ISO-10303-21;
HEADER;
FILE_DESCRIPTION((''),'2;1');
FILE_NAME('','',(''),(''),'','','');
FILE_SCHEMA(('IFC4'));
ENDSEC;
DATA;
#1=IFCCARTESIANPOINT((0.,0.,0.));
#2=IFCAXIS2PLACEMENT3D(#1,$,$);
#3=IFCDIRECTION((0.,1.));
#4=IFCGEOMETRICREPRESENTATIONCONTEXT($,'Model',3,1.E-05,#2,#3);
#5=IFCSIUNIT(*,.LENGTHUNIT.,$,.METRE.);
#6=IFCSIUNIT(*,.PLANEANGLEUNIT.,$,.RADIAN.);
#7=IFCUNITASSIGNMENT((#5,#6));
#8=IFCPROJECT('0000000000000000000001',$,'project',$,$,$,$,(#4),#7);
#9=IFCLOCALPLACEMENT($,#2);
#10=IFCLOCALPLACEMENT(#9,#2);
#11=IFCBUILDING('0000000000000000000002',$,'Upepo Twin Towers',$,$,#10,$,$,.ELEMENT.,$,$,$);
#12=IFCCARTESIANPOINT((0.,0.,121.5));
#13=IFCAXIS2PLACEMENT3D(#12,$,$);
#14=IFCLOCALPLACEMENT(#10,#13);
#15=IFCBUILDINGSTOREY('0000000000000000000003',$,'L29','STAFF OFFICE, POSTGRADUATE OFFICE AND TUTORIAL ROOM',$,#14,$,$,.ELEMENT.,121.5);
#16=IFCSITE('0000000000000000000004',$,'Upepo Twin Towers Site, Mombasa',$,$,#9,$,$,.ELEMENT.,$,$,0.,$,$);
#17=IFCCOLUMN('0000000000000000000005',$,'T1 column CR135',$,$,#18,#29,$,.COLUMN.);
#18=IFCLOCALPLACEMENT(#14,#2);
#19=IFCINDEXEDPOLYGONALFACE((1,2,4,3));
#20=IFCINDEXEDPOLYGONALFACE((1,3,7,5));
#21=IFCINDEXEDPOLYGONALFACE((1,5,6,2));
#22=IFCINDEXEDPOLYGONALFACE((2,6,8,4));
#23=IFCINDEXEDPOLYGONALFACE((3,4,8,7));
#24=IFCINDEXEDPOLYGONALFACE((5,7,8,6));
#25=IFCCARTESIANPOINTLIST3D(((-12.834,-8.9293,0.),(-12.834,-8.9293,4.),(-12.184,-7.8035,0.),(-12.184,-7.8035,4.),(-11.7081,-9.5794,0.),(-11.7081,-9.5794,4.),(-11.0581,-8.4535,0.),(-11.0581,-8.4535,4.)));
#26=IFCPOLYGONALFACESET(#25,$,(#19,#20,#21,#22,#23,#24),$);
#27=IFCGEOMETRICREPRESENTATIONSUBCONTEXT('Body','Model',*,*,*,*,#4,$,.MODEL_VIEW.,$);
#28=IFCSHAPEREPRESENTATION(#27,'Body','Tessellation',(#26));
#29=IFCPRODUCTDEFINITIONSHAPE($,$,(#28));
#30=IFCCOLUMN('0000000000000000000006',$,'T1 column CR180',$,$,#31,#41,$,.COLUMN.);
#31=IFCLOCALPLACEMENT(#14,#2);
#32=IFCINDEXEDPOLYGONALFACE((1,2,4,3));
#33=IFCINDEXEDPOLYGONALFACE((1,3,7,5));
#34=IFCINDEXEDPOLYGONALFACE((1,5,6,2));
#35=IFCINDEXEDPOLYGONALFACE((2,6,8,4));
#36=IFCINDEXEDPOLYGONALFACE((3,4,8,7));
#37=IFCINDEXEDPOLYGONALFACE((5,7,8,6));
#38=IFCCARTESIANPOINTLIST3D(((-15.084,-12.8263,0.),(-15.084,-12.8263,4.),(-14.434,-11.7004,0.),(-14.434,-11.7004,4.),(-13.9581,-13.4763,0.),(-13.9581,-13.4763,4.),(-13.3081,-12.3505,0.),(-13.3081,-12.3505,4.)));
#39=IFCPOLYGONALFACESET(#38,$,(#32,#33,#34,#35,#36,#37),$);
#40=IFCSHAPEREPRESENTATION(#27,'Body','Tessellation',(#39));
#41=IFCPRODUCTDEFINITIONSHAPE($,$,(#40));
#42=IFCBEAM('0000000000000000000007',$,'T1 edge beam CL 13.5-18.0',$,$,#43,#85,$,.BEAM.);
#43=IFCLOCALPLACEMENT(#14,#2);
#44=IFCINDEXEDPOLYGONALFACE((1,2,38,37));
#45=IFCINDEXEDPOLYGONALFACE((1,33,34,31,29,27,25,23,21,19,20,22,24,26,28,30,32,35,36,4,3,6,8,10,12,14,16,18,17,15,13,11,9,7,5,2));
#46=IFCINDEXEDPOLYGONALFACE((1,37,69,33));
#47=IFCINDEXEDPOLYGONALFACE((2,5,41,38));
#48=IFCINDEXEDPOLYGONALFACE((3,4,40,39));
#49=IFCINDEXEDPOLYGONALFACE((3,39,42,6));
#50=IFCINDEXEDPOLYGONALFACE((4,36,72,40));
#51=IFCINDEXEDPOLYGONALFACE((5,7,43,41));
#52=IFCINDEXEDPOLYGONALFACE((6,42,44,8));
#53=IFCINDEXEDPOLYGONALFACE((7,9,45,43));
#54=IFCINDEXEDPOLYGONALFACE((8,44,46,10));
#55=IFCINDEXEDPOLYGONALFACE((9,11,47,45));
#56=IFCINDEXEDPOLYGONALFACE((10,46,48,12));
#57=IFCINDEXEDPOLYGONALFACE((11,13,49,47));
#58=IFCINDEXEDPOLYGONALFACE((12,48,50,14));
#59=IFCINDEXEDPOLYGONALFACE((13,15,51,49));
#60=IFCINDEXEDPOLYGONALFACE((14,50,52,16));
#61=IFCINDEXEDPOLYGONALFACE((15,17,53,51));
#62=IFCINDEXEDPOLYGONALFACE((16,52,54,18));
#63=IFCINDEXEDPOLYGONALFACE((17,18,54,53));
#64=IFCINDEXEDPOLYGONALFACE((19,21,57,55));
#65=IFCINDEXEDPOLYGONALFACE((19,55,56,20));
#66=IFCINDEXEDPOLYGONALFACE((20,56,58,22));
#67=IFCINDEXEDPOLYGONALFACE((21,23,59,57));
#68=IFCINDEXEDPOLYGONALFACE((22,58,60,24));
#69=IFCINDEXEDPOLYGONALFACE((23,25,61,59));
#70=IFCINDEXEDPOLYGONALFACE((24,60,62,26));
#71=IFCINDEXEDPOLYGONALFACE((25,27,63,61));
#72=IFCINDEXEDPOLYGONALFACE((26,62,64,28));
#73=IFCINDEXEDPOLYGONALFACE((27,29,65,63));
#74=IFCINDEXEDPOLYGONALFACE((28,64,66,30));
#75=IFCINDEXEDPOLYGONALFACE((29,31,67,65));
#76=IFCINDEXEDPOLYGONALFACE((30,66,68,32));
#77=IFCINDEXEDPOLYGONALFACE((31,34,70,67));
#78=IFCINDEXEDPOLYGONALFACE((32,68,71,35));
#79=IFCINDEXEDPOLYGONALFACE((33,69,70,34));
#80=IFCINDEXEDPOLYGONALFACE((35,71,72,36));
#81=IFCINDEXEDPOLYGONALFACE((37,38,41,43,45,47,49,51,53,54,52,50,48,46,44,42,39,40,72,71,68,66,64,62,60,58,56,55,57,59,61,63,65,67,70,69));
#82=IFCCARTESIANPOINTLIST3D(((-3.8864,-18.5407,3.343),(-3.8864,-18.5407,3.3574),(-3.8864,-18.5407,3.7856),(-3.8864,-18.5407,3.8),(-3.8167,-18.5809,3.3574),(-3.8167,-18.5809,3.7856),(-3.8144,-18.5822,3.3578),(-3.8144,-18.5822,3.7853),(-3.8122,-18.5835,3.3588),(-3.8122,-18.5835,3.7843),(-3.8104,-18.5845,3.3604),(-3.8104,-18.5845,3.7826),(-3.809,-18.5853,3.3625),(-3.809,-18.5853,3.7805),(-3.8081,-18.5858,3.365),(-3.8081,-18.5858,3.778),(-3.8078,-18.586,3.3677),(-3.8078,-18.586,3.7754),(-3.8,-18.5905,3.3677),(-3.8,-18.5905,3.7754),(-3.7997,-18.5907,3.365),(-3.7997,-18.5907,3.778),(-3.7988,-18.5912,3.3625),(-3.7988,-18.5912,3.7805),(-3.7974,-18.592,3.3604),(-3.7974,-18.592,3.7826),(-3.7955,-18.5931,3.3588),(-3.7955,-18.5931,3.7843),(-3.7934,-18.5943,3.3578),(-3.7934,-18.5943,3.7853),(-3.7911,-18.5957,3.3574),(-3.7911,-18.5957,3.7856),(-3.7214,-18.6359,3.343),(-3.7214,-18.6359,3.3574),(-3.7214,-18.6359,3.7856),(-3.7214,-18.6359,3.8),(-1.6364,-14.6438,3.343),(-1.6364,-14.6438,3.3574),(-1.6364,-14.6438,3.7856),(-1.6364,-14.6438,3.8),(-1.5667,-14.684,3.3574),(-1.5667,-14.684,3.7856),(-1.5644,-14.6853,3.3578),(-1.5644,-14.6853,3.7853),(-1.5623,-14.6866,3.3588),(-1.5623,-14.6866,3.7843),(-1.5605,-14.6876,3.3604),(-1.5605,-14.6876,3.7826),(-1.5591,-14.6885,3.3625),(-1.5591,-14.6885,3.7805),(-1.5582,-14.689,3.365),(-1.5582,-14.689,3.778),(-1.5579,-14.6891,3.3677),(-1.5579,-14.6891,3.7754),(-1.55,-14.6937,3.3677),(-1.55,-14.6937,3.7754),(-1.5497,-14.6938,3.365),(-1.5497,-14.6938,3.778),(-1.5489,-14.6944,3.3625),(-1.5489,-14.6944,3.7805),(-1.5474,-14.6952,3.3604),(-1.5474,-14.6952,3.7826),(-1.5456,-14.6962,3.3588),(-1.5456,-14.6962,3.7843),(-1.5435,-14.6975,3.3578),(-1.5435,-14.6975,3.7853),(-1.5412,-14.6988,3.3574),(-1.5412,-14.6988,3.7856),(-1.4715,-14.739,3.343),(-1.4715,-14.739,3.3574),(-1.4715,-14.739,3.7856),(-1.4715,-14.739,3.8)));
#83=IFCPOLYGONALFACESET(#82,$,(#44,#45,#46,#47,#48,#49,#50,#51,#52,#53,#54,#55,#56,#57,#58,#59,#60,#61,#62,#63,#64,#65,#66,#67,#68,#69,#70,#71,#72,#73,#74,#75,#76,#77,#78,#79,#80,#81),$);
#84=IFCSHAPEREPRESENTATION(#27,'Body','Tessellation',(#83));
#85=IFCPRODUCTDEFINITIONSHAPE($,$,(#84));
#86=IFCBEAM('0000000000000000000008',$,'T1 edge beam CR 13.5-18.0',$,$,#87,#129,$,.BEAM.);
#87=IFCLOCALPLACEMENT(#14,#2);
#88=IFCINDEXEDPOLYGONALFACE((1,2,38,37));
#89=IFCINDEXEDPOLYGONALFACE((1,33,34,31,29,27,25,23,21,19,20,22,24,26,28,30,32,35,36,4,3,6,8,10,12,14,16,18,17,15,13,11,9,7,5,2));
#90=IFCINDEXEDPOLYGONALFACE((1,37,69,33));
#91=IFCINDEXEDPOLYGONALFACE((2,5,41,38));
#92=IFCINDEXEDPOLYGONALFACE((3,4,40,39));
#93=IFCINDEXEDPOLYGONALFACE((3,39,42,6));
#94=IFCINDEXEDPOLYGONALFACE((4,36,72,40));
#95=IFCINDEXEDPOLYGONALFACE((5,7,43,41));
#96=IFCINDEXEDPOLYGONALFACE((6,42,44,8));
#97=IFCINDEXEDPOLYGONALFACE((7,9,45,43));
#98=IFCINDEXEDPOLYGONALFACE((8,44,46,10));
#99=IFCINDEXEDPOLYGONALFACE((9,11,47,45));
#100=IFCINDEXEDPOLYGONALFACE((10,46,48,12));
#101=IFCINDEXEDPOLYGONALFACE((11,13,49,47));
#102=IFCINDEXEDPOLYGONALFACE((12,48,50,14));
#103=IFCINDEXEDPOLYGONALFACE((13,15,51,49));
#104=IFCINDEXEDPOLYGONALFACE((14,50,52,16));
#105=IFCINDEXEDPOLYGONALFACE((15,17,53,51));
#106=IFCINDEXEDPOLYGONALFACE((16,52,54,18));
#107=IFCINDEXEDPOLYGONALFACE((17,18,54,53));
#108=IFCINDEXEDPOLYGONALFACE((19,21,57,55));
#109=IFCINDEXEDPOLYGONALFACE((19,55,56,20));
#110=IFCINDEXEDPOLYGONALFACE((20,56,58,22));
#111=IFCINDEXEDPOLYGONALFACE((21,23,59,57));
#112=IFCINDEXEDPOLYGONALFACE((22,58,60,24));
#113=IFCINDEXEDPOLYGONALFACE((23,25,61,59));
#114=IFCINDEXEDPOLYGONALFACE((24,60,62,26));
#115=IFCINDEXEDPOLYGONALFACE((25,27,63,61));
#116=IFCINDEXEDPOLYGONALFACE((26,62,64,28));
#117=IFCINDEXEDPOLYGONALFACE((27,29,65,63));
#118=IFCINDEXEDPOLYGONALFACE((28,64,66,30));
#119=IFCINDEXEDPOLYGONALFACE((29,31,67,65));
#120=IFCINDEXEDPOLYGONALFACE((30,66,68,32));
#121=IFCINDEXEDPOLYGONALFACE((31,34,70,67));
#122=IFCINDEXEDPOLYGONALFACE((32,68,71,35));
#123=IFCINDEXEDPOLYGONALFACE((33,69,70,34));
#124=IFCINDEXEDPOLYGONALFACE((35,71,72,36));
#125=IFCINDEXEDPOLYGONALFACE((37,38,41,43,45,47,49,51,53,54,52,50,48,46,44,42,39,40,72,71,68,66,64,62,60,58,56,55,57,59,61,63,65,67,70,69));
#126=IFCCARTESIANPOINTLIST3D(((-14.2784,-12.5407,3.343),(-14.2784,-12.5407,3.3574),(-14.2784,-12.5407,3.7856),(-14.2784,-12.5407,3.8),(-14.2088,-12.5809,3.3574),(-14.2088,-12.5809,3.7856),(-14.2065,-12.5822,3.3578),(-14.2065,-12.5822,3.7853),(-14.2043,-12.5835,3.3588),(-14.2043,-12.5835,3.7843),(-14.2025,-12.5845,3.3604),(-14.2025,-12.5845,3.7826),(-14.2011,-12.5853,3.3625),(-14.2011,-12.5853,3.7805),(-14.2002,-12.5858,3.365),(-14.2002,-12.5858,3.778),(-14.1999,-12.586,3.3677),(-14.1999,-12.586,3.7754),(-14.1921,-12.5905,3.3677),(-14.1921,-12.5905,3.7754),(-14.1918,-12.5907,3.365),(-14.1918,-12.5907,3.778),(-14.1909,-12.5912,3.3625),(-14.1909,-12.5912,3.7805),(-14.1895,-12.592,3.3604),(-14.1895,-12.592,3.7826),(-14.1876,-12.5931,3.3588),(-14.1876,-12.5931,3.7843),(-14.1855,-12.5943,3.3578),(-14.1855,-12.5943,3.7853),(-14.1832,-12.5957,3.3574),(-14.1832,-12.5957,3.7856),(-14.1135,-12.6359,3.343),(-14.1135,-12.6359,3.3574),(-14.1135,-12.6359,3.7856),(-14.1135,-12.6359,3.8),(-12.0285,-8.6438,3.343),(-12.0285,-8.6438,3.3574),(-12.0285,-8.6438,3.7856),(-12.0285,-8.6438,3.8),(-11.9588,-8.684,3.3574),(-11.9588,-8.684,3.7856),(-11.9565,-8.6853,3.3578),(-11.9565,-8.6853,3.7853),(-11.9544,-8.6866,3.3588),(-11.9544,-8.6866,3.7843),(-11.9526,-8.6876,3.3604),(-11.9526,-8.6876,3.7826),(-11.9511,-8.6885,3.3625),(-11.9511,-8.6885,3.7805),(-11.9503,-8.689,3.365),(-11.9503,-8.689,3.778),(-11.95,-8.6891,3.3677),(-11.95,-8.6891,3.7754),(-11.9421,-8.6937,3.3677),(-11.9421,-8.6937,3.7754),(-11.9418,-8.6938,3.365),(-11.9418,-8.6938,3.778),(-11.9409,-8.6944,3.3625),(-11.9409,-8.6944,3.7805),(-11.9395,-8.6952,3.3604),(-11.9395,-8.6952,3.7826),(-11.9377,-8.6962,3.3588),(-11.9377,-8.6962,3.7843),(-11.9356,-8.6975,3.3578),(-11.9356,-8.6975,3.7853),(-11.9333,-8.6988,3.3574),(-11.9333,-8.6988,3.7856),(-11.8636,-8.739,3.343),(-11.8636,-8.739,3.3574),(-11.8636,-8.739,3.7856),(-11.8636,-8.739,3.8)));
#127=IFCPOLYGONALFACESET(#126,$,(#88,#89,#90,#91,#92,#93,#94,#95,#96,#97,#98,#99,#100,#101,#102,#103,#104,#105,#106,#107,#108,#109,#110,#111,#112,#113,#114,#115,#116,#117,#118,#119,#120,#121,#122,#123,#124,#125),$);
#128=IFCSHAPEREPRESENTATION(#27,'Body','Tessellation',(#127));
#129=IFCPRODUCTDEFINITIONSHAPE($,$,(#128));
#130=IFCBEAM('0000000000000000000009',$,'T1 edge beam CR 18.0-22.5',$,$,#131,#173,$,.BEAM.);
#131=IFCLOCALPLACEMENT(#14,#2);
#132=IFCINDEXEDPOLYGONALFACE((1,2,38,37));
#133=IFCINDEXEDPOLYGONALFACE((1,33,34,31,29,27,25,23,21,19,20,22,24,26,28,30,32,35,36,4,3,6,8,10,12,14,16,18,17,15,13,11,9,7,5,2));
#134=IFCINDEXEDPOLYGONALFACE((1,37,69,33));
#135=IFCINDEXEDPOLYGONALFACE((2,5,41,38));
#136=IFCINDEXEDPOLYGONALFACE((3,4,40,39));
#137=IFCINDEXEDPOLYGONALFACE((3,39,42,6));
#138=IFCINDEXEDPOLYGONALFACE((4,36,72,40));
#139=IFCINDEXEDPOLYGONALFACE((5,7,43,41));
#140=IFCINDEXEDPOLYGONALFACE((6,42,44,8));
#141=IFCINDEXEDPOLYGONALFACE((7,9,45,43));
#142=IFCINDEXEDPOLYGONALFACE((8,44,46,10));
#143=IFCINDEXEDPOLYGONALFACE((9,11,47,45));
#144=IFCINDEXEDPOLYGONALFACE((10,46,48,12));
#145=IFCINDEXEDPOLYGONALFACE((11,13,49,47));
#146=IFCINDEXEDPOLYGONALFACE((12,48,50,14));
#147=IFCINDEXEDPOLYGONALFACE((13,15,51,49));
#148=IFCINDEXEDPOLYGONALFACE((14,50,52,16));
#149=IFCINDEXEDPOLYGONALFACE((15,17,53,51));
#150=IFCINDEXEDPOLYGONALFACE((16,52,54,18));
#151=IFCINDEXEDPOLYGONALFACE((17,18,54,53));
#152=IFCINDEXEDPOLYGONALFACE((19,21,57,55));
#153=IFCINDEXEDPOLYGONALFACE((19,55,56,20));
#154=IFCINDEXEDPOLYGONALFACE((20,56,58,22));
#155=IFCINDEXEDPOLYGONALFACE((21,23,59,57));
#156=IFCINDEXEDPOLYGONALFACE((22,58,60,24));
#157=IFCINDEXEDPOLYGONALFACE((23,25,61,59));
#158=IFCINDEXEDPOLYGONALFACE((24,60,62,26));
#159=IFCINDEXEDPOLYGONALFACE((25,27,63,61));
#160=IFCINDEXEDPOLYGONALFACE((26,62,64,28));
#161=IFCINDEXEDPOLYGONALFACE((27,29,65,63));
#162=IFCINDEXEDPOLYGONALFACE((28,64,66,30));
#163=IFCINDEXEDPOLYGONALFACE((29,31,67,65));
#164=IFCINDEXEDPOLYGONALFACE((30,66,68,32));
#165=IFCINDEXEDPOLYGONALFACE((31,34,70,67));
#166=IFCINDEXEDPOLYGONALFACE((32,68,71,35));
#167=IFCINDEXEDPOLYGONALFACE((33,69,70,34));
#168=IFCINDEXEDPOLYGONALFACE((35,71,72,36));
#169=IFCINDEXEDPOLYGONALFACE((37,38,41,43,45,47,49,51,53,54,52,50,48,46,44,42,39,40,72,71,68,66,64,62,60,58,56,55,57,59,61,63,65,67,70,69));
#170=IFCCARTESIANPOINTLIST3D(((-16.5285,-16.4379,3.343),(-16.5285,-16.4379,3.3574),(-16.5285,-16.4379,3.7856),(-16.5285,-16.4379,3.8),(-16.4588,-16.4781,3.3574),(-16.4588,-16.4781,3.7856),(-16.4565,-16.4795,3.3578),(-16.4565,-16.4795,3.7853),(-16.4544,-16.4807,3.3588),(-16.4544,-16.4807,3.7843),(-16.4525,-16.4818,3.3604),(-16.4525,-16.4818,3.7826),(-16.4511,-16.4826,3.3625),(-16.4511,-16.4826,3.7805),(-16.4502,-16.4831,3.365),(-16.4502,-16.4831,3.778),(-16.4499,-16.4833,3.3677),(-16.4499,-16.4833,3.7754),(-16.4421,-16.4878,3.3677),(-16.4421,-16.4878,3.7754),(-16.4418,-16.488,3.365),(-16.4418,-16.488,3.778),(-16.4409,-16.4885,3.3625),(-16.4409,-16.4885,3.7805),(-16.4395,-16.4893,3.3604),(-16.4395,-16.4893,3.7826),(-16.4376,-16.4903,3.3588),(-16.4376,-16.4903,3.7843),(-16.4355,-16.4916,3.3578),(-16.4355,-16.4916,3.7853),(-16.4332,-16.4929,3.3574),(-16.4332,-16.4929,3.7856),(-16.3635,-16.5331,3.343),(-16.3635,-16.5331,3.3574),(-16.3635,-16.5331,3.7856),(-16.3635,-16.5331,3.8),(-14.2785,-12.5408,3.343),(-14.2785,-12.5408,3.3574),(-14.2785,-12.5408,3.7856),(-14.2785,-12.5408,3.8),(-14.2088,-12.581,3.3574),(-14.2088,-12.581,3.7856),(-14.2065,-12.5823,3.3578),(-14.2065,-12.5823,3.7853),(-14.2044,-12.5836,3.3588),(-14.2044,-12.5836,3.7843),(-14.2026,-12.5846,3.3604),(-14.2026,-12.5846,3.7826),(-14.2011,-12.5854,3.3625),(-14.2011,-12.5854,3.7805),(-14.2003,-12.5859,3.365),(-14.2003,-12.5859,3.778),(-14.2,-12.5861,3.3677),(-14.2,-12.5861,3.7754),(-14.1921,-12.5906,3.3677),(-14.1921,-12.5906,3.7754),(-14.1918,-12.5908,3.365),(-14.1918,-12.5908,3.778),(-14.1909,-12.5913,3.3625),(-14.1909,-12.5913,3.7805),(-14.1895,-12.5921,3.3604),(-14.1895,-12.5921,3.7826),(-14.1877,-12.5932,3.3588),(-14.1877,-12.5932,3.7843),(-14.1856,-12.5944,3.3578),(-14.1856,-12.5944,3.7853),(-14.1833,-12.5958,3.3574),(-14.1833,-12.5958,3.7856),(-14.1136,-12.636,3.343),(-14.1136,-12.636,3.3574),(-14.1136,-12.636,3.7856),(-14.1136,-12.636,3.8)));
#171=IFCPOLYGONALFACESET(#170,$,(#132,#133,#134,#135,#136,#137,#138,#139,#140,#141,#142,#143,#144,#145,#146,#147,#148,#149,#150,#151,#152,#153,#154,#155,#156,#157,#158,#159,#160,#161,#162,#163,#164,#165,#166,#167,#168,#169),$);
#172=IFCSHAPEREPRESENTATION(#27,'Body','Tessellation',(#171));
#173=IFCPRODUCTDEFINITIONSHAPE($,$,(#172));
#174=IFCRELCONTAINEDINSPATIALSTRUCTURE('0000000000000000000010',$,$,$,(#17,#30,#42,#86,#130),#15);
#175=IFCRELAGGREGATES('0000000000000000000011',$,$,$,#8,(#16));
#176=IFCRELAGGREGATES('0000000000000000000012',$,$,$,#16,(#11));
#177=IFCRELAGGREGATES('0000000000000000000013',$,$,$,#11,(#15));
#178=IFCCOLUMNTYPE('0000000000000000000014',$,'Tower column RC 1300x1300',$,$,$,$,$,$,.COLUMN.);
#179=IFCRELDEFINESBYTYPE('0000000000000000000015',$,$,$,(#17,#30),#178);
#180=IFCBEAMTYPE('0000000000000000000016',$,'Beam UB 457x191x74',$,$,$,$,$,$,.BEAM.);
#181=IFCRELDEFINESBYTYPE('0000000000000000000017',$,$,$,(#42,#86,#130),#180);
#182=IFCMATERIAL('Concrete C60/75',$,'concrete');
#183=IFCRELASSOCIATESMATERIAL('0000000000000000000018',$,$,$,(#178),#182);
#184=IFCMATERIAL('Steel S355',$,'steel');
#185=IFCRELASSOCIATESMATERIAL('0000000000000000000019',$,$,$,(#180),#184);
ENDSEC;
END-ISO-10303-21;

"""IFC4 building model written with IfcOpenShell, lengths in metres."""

from ifc_helpers import new_model, si_unit, direction, frame, origin, origin_2d, place, context, subcontext, project, spatial, rectangle, i_section, extrude, material, material_profile, profile_set, type_object, element, save


model = new_model("IFC4")

# Units and contexts
model_context = context("Model", 3, precision=1e-05, world=origin(), true_north=direction((0.0, 1.0)))
body_context = subcontext(model_context, "Body", "Model", "MODEL_VIEW")
ifc_project = project(units=[si_unit("LENGTHUNIT", "METRE"), si_unit("PLANEANGLEUNIT", "RADIAN")], contexts=[model_context])

# Site, building, storey
site_placement = place(None, origin())
site = spatial("IfcSite", under=ifc_project, at=site_placement, Name="Upepo Twin Towers Site, Mombasa", CompositionType="ELEMENT", RefElevation=0.0)
building_placement = place(site_placement, origin())
building = spatial("IfcBuilding", under=site, at=building_placement, Name="Upepo Twin Towers", CompositionType="ELEMENT")
storey_placement = place(building_placement, frame((0.0, 0.0, 121.5)))
storey = spatial("IfcBuildingStorey", under=building, at=storey_placement, Name="L29", Description="STAFF OFFICE, POSTGRADUATE OFFICE AND TUTORIAL ROOM", CompositionType="ELEMENT", Elevation=121.5)

# Columns
ifc_material_1 = material(Name="Concrete C60/75", Category="concrete")
ifc_material_profile_1 = material_profile(ifc_material_1, rectangle(XDim=1.3, YDim=1.3, at=origin_2d()), Name="RC 1300x1300")
ifc_profile_set_1 = profile_set([ifc_material_profile_1], Name="Concrete C60/75")
column_type = type_object("IfcColumnType", Name="Tower column RC 1300x1300", PredefinedType="COLUMN", material=ifc_profile_set_1)
for number, where, z_axis, x_axis, name in (
    (1, (-11.946, -8.6914, 0.0), (0.0, 0.0, 1.0), (0.5, 0.866025, 0.0), "T1 column CR135"),
    (2, (-14.196, -12.5884, 0.0), (0.0, 0.0, 1.0), (0.5, 0.866025, 0.0), "T1 column CR180"),
):
    element("IfcColumn", number, at=place(storey_placement, frame(where, z_axis=z_axis, x_axis=x_axis)), inside=storey, type_object=column_type, Name=name, PredefinedType="COLUMN", context=body_context, shape_type="SweptSolid", body=[
        extrude(rectangle(XDim=1.3, YDim=1.3, at=origin_2d()), origin(), (0.0, 0.0, 1.0), 4.0),
    ])

# Beams
ifc_material_2 = material(Name="Steel S355", Category="steel")
ifc_material_profile_2 = material_profile(ifc_material_2, i_section(OverallWidth=0.1904, OverallDepth=0.457, WebThickness=0.009, FlangeThickness=0.0144, FilletRadius=0.0103, at=origin_2d()), Name="UB 457x191x74")
ifc_profile_set_2 = profile_set([ifc_material_profile_2], Name="Steel S355")
beam_type_1 = type_object("IfcBeamType", Name="Beam UB 457x191x74", PredefinedType="BEAM", material=ifc_profile_set_2)
for number, where, z_axis, x_axis, name in (
    (3, (-1.554, -14.6914, 3.5715), (-0.500014, -0.866018, 0.0), (0.866018, -0.500014, 0.0), "T1 edge beam CL 13.5-18.0"),
    (4, (-11.946, -8.6914, 3.5715), (-0.500014, -0.866018, 0.0), (0.866018, -0.500014, 0.0), "T1 edge beam CR 13.5-18.0"),
):
    element("IfcBeam", number, at=place(storey_placement, frame(where, z_axis=z_axis, x_axis=x_axis)), inside=storey, type_object=beam_type_1, Name=name, PredefinedType="BEAM", context=body_context, shape_type="SweptSolid", body=[
        extrude(i_section(OverallWidth=0.1904, OverallDepth=0.457, WebThickness=0.009, FlangeThickness=0.0144, FilletRadius=0.0103, at=origin_2d()), origin(), (0.0, 0.0, 1.0), 4.4998),
    ])
beam_placement = place(storey_placement, frame((-14.196, -12.5884, 3.5715), z_axis=(-0.49999, -0.866031, 0.0), x_axis=(0.866031, -0.49999, 0.0)))
element("IfcBeam", 5, at=beam_placement, inside=storey, type_object=beam_type_1, Name="T1 edge beam CR 18.0-22.5", PredefinedType="BEAM", context=body_context, shape_type="SweptSolid", body=[
    extrude(i_section(OverallWidth=0.1904, OverallDepth=0.457, WebThickness=0.009, FlangeThickness=0.0144, FilletRadius=0.0103, at=origin_2d()), origin(), (0.0, 0.0, 1.0), 4.5),
])

save(model, "model.ifc")
